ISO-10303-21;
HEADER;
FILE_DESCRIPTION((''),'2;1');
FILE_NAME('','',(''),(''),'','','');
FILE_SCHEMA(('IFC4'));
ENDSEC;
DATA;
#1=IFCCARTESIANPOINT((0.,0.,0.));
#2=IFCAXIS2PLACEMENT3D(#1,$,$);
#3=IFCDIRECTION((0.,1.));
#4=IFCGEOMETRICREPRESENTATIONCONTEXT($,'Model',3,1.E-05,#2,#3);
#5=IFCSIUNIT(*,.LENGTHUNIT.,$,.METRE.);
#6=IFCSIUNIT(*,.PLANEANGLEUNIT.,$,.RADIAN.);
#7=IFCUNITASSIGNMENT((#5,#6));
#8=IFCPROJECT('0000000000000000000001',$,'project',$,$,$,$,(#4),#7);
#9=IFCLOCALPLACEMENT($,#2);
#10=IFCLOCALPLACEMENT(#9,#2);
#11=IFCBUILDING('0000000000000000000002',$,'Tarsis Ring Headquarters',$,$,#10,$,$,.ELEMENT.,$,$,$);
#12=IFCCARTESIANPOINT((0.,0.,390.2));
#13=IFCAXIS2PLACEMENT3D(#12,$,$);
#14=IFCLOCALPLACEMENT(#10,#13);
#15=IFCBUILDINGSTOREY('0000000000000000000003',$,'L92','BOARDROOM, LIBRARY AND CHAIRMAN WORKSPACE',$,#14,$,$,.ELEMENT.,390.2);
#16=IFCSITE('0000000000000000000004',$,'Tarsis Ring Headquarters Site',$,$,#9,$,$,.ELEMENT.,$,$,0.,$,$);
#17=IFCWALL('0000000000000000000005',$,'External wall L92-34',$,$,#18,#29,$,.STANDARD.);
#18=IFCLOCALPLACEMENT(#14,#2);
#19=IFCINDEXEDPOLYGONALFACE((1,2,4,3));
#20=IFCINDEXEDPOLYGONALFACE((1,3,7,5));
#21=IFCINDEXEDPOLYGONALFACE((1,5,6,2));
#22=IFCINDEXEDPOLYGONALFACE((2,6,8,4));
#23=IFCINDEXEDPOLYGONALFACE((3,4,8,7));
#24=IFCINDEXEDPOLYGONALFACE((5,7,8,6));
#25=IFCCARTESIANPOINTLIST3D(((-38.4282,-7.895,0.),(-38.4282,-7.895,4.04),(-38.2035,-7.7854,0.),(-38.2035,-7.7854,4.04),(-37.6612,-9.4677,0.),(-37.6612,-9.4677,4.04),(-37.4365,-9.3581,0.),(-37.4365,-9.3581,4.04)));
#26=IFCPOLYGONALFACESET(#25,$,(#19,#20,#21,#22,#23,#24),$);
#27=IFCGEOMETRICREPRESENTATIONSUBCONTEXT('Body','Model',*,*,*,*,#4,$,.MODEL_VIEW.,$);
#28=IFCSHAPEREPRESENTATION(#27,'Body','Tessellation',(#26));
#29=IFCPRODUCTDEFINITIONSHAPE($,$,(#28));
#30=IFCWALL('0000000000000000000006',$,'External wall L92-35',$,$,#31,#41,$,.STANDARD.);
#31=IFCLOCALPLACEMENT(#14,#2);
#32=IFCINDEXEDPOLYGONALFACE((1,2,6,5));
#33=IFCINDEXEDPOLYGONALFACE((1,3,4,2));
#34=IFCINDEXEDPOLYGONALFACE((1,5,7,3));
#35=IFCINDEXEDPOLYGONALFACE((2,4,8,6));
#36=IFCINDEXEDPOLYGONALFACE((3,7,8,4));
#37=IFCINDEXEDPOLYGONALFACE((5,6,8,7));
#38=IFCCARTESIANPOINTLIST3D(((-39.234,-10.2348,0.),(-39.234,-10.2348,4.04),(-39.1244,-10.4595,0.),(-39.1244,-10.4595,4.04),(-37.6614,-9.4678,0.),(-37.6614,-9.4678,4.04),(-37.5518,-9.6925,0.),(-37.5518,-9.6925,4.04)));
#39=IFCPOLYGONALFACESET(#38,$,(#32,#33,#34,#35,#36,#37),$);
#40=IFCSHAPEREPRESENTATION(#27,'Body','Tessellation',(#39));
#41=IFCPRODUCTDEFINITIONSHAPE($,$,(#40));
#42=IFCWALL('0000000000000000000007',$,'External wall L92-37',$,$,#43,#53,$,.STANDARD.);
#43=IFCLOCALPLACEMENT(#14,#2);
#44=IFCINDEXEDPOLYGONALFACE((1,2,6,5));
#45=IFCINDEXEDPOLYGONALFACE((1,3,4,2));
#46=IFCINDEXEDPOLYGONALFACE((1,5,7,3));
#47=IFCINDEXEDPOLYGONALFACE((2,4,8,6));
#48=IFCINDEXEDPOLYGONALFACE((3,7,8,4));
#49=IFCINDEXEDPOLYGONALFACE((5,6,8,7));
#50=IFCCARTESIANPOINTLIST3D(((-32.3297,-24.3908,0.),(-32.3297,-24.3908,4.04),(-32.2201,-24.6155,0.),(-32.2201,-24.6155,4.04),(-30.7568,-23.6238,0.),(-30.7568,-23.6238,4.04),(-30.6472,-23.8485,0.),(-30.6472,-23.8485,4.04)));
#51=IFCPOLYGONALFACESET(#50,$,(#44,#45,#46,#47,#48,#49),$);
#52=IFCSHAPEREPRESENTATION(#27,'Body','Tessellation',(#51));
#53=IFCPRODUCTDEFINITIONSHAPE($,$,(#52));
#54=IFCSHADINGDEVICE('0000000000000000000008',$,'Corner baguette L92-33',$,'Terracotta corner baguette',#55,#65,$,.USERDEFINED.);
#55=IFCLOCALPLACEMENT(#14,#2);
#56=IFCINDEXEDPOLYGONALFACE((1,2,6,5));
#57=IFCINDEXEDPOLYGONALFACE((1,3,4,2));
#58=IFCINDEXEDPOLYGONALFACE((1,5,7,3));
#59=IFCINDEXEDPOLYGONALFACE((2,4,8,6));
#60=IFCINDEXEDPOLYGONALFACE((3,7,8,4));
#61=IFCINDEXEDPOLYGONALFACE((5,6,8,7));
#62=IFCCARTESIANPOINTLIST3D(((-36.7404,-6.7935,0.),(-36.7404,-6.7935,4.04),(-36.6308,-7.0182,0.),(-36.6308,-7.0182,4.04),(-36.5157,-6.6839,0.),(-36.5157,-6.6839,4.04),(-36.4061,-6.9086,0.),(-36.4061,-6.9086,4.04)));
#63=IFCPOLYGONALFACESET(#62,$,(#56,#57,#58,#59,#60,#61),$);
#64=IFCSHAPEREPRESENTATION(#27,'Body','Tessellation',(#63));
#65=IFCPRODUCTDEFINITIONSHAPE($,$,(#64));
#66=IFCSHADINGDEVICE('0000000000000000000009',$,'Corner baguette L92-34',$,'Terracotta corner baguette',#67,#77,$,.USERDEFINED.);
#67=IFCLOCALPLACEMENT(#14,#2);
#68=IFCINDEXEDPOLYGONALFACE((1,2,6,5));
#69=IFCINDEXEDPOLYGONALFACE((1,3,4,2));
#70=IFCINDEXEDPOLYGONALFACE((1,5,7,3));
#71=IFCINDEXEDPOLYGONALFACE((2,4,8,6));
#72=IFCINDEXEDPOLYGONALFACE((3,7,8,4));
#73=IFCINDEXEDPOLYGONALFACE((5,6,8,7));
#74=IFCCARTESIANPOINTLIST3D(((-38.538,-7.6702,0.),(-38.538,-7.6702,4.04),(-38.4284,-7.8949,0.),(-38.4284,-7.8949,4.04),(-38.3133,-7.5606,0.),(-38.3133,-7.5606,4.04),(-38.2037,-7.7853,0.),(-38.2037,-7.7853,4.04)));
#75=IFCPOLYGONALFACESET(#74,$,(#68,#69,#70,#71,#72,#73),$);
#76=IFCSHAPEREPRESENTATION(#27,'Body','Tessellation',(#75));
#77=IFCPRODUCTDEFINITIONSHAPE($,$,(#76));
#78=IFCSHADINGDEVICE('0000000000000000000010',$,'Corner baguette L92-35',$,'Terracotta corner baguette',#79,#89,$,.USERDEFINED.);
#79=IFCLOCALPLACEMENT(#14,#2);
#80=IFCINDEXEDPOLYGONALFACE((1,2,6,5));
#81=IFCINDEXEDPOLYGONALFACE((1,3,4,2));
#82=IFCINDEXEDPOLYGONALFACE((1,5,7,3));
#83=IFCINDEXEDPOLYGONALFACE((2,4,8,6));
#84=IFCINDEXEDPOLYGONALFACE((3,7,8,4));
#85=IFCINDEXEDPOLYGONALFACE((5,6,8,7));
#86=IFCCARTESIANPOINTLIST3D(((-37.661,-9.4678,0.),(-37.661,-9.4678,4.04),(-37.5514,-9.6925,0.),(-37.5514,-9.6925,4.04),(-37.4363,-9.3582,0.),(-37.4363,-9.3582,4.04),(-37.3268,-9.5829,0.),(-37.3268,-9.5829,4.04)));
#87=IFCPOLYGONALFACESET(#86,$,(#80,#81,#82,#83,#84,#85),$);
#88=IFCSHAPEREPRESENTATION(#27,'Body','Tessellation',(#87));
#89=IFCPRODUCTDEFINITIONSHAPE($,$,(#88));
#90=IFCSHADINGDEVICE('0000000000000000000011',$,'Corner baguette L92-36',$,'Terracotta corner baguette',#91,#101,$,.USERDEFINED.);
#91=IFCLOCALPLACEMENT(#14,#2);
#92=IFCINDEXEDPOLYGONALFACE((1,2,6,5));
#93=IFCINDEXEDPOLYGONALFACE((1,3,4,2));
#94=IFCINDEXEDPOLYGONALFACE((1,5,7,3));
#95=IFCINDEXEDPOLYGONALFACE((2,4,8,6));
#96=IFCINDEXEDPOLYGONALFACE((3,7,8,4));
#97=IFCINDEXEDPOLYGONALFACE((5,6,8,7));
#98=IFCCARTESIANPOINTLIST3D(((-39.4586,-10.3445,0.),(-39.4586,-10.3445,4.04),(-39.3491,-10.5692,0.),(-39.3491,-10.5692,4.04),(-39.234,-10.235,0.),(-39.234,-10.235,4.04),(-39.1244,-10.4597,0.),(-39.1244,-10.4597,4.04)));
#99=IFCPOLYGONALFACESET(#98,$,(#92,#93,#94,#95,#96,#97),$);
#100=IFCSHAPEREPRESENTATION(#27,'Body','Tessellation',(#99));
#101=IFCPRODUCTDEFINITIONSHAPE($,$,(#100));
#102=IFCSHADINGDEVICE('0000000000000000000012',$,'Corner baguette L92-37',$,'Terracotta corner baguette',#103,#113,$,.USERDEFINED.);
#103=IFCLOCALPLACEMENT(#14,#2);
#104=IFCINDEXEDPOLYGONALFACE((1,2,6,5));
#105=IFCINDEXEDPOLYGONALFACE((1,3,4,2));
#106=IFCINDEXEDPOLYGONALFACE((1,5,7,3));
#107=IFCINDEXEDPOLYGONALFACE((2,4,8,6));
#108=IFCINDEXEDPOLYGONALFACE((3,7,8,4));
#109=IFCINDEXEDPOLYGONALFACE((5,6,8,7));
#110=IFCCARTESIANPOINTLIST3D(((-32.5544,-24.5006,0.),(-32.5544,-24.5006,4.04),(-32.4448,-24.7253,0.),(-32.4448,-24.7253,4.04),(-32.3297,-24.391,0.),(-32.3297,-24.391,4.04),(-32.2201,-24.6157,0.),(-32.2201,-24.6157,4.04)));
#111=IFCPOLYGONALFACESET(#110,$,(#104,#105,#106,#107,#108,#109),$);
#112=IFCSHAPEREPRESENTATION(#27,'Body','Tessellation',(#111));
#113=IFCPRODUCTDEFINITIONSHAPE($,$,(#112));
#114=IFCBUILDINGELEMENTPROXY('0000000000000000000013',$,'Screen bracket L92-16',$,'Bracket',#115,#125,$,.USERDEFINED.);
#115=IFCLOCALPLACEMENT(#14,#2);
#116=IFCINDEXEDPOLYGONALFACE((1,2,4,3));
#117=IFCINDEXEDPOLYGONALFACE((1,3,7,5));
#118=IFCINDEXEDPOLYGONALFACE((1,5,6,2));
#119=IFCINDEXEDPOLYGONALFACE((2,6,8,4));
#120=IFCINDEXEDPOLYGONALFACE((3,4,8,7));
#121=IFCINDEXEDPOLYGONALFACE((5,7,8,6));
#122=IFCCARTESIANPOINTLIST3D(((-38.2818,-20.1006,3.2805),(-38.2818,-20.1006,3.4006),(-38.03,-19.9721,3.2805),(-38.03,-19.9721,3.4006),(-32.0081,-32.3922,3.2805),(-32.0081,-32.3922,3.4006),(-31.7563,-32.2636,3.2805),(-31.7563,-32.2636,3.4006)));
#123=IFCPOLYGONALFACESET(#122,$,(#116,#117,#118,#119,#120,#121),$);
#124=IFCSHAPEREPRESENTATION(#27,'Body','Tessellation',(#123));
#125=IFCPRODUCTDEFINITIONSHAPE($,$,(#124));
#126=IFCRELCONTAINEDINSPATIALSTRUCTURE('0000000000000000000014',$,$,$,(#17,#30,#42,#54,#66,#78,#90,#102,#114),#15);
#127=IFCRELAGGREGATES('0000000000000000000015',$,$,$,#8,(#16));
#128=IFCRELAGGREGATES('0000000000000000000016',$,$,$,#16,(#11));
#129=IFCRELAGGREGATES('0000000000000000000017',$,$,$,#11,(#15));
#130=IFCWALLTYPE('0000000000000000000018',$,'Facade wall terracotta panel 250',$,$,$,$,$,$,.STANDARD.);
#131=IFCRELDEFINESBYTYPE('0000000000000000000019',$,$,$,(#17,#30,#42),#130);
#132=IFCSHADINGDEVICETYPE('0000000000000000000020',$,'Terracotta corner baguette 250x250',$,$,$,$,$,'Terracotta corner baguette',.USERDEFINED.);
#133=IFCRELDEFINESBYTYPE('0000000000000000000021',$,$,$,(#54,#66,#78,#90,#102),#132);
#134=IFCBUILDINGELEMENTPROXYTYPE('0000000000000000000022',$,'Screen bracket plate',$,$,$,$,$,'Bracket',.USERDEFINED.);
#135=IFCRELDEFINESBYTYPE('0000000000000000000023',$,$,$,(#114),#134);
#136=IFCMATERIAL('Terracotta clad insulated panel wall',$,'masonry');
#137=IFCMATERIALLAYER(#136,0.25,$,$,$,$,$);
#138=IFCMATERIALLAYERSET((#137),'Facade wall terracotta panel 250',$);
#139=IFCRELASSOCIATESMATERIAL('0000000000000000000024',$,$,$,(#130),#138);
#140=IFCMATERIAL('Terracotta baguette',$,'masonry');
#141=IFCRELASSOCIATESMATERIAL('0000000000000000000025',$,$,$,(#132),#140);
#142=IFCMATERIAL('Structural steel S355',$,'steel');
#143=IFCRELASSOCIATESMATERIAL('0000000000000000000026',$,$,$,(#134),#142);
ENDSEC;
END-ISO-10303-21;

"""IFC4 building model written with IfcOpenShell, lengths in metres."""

from ifc_helpers import new_model, si_unit, direction, frame, frame_2d, origin, origin_2d, place, context, subcontext, project, spatial, rectangle, extrude, material, layer, layer_set, type_object, element, save


model = new_model("IFC4")

# Units and contexts
model_context = context("Model", 3, precision=1e-05, world=origin(), true_north=direction((0.0, 1.0)))
body_context = subcontext(model_context, "Body", "Model", "MODEL_VIEW")
ifc_project = project(units=[si_unit("LENGTHUNIT", "METRE"), si_unit("PLANEANGLEUNIT", "RADIAN")], contexts=[model_context])

# Site, building, storey
site_placement = place(None, origin())
site = spatial("IfcSite", under=ifc_project, at=site_placement, Name="Tarsis Ring Headquarters Site", CompositionType="ELEMENT", RefElevation=0.0)
building_placement = place(site_placement, origin())
building = spatial("IfcBuilding", under=site, at=building_placement, Name="Tarsis Ring Headquarters", CompositionType="ELEMENT")
storey_placement = place(building_placement, frame((0.0, 0.0, 390.2)))
storey = spatial("IfcBuildingStorey", under=building, at=storey_placement, Name="L92", Description="BOARDROOM, LIBRARY AND CHAIRMAN WORKSPACE", CompositionType="ELEMENT", Elevation=390.2)

# Shared definitions
ifc_material_1 = material(Name="Structural steel S355", Category="steel")

# Walls
ifc_material_2 = material(Name="Terracotta clad insulated panel wall", Category="masonry")
ifc_layer_1 = layer(ifc_material_2, 0.25)
ifc_layer_set_1 = layer_set([ifc_layer_1], Name="Facade wall terracotta panel 250")
wall_type_1 = type_object("IfcWallType", Name="Facade wall terracotta panel 250", PredefinedType="STANDARD", material=ifc_layer_set_1)
for number, where, z_axis, x_axis, name in (
    (1, (-38.3159, -7.8401, 0.0), (0.0, 0.0, 1.0), (0.438374, -0.898793, 0.0), "External wall L92-34"),
    (2, (-37.6064, -9.5801, 0.0), (0.0, 0.0, 1.0), (-0.898793, -0.438374, 0.0), "External wall L92-35"),
):
    element("IfcWall", number, at=place(storey_placement, frame(where, z_axis=z_axis, x_axis=x_axis)), inside=storey, type_object=wall_type_1, Name=name, PredefinedType="STANDARD", context=body_context, shape_type="SweptSolid", body=[
        extrude(rectangle(XDim=1.7498, YDim=0.25, at=frame_2d((0.875, 0.0))), origin(), (0.0, 0.0, 1.0), 4.04),
    ])
wall_1_placement = place(storey_placement, frame((-32.2749, -24.5032, 0.0), z_axis=(0.0, 0.0, 1.0), x_axis=(0.898819, 0.438319, 0.0)))
element("IfcWall", 3, at=wall_1_placement, inside=storey, type_object=wall_type_1, Name="External wall L92-37", PredefinedType="STANDARD", context=body_context, shape_type="SweptSolid", body=[
    extrude(rectangle(XDim=1.75, YDim=0.25, at=frame_2d((0.875, 0.0))), origin(), (0.0, 0.0, 1.0), 4.04),
])

# Shading devices
ifc_material_3 = material(Name="Terracotta baguette", Category="masonry")
shading_device_type_1 = type_object("IfcShadingDeviceType", Name="Terracotta corner baguette 250x250", ElementType="Terracotta corner baguette", PredefinedType="USERDEFINED", material=ifc_material_3)
for number, where, z_axis, x_axis, name in (
    (4, (-36.5732, -6.8511, 0.0), (0.0, 0.0, 1.0), (0.438371, -0.898794, 0.0), "Corner baguette L92-33"),
    (5, (-38.3708, -7.7278, 0.0), (0.0, 0.0, 1.0), (-0.898794, -0.438371, 0.0), "Corner baguette L92-34"),
    (6, (-37.4939, -9.5254, 0.0), (0.0, 0.0, 1.0), (0.438372, -0.898794, 0.0), "Corner baguette L92-35"),
    (7, (-39.2915, -10.4021, 0.0), (0.0, 0.0, 1.0), (-0.898794, -0.438371, 0.0), "Corner baguette L92-36"),
    (8, (-32.3872, -24.5581, 0.0), (0.0, 0.0, 1.0), (0.438371, -0.898794, 0.0), "Corner baguette L92-37"),
):
    element("IfcShadingDevice", number, at=place(storey_placement, frame(where, z_axis=z_axis, x_axis=x_axis)), inside=storey, type_object=shading_device_type_1, Name=name, ObjectType="Terracotta corner baguette", PredefinedType="USERDEFINED", context=body_context, shape_type="SweptSolid", body=[
        extrude(rectangle(XDim=0.25, YDim=0.25, at=origin_2d()), origin(), (0.0, 0.0, 1.0), 4.04),
    ])

# Building element proxy
building_element_proxy_type = type_object("IfcBuildingElementProxyType", Name="Screen bracket plate", ElementType="Bracket", PredefinedType="USERDEFINED", material=ifc_material_1)
proxy_placement = place(storey_placement, frame((-35.019, -26.1821, 3.2805), z_axis=(0.0, 0.0, 1.0), x_axis=(0.454612, -0.890689, 0.0)))
element("IfcBuildingElementProxy", 9, at=proxy_placement, inside=storey, type_object=building_element_proxy_type, Name="Screen bracket L92-16", ObjectType="Bracket", PredefinedType="USERDEFINED", context=body_context, shape_type="SweptSolid", body=[
    extrude(rectangle(XDim=13.8, YDim=0.2827, at=origin_2d()), origin(), (0.0, 0.0, 1.0), 0.1201),
])

save(model, "model.ifc")
